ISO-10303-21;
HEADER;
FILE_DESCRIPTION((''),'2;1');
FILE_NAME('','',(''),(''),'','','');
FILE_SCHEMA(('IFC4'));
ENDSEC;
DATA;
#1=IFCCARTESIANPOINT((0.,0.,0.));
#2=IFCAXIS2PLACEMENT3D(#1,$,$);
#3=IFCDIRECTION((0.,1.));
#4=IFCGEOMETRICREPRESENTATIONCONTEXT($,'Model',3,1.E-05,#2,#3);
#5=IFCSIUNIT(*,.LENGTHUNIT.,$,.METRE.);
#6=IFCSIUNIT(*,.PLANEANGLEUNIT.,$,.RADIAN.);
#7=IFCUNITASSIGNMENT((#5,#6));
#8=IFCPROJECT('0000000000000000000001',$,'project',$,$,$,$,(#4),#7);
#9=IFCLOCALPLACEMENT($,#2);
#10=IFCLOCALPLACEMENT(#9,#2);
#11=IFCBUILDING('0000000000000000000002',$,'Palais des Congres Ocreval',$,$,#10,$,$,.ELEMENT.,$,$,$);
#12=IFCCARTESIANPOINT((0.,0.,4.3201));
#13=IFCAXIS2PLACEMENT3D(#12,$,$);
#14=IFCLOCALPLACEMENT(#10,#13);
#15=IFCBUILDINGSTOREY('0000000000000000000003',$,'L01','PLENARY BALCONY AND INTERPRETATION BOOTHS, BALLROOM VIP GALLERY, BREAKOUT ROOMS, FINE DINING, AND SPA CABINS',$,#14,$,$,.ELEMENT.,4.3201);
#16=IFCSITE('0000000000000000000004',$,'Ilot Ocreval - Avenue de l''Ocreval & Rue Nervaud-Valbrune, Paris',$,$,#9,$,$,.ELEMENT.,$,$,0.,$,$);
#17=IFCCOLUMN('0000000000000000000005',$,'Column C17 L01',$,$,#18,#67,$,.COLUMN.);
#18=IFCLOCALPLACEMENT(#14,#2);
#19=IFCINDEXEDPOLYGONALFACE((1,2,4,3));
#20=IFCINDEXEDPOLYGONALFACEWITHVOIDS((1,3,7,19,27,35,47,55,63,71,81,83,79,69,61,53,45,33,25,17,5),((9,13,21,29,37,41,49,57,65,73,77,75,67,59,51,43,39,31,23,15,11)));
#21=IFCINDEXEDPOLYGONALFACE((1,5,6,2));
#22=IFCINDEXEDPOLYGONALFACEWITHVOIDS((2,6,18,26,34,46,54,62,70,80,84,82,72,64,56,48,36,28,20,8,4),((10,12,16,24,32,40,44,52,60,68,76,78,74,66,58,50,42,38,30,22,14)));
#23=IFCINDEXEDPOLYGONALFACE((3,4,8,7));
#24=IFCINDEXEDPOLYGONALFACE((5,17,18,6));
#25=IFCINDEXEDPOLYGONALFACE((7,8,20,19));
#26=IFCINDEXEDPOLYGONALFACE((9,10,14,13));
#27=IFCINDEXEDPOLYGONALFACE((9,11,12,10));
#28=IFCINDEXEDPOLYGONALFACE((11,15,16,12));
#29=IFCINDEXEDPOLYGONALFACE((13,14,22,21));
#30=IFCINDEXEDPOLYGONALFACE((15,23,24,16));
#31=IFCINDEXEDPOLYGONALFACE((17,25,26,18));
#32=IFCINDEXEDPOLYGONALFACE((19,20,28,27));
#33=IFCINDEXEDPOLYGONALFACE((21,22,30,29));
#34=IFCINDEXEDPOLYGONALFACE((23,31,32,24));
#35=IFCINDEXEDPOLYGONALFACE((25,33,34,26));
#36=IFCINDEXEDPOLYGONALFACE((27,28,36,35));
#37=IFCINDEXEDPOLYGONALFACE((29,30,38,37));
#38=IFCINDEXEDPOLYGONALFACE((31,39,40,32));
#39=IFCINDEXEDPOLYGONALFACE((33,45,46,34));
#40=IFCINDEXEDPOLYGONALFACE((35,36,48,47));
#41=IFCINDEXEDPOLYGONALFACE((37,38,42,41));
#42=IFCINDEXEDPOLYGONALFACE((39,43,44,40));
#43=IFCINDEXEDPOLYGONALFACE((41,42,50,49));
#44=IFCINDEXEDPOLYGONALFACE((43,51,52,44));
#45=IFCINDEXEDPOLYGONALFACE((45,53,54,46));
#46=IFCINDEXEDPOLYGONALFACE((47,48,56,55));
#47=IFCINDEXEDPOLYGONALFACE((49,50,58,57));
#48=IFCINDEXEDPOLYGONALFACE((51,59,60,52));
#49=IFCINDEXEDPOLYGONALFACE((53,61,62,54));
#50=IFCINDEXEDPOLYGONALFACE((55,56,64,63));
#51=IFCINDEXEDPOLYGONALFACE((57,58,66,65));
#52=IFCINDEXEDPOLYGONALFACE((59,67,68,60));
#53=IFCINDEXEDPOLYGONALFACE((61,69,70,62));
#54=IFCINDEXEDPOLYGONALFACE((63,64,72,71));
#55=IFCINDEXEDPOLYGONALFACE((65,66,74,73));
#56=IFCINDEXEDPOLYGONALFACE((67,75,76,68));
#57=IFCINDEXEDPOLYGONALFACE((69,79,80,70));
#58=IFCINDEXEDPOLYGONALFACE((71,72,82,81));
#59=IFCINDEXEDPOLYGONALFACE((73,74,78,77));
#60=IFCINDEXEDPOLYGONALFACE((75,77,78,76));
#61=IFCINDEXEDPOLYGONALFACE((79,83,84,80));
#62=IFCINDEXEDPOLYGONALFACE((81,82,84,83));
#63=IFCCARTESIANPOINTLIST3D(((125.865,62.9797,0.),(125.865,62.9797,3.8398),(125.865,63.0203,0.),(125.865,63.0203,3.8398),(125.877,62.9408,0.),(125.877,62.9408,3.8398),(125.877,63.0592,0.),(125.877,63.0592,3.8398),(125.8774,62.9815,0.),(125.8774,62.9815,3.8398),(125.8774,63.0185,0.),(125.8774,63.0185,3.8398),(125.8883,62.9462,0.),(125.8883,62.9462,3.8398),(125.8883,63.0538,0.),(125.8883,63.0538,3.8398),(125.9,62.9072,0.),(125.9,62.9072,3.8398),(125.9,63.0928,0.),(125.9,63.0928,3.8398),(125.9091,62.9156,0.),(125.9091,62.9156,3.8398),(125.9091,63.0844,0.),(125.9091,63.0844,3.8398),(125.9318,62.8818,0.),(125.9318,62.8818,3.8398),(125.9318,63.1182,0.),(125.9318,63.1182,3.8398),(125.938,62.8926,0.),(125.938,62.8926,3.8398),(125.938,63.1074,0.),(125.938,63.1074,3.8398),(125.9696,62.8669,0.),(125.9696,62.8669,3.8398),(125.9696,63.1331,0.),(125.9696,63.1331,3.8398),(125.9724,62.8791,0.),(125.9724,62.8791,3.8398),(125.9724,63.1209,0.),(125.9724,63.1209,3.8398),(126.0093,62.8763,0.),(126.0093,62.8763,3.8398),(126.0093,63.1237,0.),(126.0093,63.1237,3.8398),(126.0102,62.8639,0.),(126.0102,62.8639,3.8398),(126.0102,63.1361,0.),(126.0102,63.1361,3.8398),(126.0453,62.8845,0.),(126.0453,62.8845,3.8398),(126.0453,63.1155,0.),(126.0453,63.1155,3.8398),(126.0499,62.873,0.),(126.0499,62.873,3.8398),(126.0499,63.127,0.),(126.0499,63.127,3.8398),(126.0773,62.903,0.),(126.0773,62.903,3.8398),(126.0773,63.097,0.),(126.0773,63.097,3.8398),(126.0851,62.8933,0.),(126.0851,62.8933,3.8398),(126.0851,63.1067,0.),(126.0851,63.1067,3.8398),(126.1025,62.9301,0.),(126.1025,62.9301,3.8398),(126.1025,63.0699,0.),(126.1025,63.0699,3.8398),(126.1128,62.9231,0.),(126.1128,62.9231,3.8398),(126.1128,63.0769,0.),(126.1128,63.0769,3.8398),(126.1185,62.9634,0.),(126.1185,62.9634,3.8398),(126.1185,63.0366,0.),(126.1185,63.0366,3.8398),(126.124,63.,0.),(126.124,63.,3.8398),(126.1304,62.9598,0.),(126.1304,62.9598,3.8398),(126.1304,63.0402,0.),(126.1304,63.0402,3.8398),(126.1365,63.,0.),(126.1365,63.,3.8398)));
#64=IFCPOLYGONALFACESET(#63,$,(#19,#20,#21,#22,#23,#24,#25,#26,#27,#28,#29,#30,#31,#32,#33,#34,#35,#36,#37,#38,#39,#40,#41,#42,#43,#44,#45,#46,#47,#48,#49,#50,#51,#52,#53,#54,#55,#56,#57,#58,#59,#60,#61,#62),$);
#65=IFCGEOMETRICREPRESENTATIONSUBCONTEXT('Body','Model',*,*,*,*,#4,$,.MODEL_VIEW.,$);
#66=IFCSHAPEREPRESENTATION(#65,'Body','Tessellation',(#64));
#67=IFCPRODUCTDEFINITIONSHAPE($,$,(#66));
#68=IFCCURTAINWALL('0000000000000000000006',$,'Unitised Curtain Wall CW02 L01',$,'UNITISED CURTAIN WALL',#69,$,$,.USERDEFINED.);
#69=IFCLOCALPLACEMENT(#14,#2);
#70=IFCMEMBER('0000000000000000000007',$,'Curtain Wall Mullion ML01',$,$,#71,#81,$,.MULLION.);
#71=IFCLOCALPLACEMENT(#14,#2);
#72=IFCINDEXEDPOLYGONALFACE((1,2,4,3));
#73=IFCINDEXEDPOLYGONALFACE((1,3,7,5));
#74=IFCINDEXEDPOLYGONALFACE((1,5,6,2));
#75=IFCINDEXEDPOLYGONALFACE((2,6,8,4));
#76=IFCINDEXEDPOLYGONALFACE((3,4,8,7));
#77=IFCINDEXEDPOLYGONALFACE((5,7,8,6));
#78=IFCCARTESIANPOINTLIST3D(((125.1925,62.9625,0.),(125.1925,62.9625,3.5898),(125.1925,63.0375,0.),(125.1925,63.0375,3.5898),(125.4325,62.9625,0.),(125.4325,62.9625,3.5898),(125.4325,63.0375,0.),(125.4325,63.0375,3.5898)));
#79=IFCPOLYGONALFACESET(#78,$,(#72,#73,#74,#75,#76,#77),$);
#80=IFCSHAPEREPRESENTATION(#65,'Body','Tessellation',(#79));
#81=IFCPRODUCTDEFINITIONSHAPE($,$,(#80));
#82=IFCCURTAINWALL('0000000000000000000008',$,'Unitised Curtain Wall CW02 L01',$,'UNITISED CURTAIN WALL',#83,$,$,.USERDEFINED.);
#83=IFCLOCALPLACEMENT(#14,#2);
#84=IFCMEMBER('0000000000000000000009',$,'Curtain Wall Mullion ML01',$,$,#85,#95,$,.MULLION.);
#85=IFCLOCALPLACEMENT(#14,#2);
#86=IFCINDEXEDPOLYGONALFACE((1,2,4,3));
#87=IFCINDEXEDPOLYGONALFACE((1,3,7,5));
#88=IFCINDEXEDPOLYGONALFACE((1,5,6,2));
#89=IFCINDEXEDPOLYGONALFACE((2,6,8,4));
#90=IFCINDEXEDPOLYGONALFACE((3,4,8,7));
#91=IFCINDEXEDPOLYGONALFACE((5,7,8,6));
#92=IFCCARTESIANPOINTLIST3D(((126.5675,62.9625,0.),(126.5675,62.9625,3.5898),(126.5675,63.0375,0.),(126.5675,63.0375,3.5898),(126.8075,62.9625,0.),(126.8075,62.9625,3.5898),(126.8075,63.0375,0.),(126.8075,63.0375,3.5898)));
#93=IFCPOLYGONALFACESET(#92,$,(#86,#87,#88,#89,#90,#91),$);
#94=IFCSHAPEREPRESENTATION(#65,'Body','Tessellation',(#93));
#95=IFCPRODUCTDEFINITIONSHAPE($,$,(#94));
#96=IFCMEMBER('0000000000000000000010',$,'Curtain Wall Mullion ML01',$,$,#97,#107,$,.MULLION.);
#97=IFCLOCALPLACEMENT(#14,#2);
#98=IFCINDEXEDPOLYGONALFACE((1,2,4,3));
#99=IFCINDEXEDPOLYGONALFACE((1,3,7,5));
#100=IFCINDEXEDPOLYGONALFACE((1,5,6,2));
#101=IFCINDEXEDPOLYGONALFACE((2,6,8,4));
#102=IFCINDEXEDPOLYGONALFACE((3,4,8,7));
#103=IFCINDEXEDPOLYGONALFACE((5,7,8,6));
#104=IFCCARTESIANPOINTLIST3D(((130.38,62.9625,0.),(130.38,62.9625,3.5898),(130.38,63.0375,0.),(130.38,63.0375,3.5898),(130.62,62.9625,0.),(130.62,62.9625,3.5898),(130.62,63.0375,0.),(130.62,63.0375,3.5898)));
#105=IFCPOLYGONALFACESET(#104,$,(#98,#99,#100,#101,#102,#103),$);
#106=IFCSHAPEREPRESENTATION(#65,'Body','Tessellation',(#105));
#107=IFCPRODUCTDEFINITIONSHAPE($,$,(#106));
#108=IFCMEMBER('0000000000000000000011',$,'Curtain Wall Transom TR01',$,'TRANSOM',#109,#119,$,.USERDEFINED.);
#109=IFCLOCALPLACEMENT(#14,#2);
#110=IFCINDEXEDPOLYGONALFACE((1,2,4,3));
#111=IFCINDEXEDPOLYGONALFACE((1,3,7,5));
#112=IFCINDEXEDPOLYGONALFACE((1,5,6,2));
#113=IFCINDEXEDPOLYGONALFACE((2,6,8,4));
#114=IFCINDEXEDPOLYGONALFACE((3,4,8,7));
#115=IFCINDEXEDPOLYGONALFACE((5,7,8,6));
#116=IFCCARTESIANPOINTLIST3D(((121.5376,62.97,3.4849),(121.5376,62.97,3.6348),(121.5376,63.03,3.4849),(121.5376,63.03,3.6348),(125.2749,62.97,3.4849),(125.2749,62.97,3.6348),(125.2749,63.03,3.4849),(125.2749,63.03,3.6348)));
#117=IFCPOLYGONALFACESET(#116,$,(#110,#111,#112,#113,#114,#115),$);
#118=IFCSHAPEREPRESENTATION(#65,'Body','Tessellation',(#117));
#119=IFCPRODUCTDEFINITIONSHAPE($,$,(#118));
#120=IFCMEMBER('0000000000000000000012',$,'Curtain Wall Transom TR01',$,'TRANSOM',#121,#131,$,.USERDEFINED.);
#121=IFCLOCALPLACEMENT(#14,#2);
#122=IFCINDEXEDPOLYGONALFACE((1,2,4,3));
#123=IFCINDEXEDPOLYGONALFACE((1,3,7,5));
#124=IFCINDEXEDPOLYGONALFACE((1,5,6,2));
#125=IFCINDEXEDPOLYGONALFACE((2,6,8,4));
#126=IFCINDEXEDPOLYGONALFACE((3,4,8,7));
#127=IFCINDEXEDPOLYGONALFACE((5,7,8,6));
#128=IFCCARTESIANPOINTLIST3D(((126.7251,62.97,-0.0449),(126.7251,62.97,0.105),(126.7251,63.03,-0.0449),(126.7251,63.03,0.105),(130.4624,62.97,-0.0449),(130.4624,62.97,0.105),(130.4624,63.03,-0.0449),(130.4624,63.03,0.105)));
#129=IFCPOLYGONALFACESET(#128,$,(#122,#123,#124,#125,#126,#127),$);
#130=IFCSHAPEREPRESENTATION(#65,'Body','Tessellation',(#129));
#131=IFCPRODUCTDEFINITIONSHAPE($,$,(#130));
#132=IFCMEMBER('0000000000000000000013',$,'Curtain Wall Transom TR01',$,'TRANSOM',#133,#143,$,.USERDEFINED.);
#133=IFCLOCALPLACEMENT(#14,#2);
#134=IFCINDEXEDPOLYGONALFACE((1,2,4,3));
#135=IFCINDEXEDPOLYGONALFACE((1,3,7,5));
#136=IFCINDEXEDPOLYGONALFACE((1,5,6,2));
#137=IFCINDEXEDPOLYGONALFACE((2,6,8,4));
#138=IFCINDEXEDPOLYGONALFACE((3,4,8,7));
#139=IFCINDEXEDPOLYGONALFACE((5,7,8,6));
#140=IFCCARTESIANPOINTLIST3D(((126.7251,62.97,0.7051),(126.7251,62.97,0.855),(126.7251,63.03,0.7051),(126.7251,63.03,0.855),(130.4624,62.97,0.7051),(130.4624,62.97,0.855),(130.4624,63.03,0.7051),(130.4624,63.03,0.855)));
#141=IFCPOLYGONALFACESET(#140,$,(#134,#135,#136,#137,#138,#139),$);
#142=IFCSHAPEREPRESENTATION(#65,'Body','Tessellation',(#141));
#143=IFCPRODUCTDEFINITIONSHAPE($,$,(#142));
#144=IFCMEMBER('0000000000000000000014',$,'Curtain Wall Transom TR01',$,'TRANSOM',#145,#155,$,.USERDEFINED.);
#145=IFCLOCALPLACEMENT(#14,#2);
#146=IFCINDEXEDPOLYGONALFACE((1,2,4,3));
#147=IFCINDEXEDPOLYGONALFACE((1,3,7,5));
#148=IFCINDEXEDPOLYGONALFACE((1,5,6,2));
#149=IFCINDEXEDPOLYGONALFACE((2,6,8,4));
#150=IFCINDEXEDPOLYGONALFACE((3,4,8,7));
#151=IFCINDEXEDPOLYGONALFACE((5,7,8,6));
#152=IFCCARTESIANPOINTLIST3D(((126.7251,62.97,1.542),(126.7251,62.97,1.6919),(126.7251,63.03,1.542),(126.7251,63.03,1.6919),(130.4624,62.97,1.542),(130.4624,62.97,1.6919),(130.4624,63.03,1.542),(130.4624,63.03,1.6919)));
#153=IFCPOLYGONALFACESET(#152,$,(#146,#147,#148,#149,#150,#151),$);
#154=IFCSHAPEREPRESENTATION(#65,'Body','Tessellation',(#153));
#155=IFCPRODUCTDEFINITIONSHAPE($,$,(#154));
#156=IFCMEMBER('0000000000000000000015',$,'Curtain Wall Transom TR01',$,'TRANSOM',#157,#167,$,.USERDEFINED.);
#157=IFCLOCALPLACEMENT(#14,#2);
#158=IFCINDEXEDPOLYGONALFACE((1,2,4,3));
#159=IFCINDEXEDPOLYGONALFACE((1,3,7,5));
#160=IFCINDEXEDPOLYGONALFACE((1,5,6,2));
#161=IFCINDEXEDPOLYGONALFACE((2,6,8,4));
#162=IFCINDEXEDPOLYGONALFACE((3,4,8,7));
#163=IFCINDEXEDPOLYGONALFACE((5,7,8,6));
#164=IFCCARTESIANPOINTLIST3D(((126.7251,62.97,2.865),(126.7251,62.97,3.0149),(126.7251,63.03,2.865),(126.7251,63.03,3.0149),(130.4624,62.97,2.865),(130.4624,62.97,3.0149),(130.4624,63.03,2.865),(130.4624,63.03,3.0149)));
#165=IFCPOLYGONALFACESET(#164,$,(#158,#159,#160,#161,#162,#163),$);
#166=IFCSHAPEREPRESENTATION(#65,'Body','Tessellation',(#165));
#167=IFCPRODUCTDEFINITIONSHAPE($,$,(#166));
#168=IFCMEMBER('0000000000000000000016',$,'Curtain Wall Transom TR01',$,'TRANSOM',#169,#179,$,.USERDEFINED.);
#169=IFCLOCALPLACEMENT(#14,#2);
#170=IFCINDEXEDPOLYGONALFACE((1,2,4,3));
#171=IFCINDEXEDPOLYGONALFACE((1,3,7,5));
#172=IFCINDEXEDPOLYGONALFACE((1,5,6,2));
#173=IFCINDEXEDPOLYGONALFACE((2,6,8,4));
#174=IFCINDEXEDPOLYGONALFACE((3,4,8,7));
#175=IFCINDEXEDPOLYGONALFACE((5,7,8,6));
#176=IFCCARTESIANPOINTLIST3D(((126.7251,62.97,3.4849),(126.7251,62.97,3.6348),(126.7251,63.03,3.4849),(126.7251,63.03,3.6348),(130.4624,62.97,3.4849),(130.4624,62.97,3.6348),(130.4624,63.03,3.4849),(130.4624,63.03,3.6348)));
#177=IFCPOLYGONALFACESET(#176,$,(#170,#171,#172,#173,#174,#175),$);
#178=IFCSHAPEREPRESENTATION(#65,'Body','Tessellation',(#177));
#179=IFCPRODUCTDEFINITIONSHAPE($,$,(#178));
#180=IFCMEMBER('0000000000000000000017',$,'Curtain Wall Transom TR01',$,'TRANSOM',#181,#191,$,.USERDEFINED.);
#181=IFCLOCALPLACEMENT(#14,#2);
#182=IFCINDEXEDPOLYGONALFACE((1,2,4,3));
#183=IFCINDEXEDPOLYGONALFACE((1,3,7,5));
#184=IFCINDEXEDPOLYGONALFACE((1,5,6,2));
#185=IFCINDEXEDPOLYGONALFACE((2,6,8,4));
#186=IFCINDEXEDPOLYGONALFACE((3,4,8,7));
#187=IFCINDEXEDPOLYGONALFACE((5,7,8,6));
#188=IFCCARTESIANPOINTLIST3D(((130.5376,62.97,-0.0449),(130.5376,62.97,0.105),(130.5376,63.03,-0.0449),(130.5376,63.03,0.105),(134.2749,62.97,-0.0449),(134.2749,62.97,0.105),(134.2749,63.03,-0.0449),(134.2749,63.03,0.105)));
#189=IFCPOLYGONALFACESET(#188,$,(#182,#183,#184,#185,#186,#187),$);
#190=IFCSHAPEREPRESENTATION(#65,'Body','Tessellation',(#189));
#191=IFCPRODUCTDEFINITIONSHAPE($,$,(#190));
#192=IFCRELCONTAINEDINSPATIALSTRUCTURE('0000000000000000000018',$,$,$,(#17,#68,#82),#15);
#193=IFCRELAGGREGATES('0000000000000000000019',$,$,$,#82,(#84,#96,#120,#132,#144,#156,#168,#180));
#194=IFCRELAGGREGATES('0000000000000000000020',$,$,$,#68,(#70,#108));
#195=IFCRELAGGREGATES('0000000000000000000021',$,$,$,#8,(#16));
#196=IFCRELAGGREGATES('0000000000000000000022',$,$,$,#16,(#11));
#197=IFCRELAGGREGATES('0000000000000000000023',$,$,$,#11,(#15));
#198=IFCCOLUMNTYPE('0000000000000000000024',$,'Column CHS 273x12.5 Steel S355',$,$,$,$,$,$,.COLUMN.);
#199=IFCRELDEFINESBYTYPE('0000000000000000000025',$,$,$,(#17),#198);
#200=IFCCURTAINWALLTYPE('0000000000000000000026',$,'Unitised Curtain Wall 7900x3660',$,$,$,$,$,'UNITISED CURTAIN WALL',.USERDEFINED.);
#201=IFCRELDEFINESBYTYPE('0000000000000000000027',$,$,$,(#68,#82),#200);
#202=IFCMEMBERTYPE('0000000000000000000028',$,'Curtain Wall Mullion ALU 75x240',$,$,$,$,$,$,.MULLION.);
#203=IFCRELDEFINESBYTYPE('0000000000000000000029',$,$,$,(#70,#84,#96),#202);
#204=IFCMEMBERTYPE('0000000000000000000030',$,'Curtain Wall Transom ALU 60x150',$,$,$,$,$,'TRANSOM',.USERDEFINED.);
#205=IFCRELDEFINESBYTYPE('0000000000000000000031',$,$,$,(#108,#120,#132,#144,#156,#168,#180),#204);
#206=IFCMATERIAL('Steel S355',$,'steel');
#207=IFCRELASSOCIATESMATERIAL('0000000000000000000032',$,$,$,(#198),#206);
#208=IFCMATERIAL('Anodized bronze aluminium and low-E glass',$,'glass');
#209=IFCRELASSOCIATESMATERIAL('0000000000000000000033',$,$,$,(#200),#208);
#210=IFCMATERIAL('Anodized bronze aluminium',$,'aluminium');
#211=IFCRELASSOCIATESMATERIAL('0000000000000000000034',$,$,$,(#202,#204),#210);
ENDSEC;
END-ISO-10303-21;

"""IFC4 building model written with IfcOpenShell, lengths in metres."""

from ifc_helpers import new_model, si_unit, direction, frame, origin, origin_2d, place, context, subcontext, project, spatial, rectangle, hollow_circle, extrude, material, material_profile, profile_set, type_object, element, aggregate, save


model = new_model("IFC4")

# Units and contexts
model_context = context("Model", 3, precision=1e-05, world=origin(), true_north=direction((0.0, 1.0)))
body_context = subcontext(model_context, "Body", "Model", "MODEL_VIEW")
ifc_project = project(units=[si_unit("LENGTHUNIT", "METRE"), si_unit("PLANEANGLEUNIT", "RADIAN")], contexts=[model_context])

# Site, building, storey
site_placement = place(None, origin())
site = spatial("IfcSite", under=ifc_project, at=site_placement, Name="Ilot Ocreval - Avenue de l'Ocreval & Rue Nervaud-Valbrune, Paris", CompositionType="ELEMENT", RefElevation=0.0)
building_placement = place(site_placement, origin())
building = spatial("IfcBuilding", under=site, at=building_placement, Name="Palais des Congres Ocreval", CompositionType="ELEMENT")
storey_placement = place(building_placement, frame((0.0, 0.0, 4.3201)))
storey = spatial("IfcBuildingStorey", under=building, at=storey_placement, Name="L01", Description="PLENARY BALCONY AND INTERPRETATION BOOTHS, BALLROOM VIP GALLERY, BREAKOUT ROOMS, FINE DINING, AND SPA CABINS", CompositionType="ELEMENT", Elevation=4.3201)

# Column
ifc_material_1 = material(Name="Steel S355", Category="steel")
ifc_material_profile_1 = material_profile(ifc_material_1, hollow_circle(Radius=0.1365, WallThickness=0.0125, at=origin_2d()), Name="CHS 273x12.5")
ifc_profile_set_1 = profile_set([ifc_material_profile_1], Name="Steel S355")
column_type = type_object("IfcColumnType", Name="Column CHS 273x12.5 Steel S355", PredefinedType="COLUMN", material=ifc_profile_set_1)
column_placement = place(storey_placement, frame((126.0, 63.0, 0.0), z_axis=(0.0, 0.0, 1.0), x_axis=(1.0, 0.0, 0.0)))
element("IfcColumn", 1, at=column_placement, inside=storey, type_object=column_type, Name="Column C17 L01", PredefinedType="COLUMN", context=body_context, shape_type="SweptSolid", body=[
    extrude(hollow_circle(Radius=0.1365, WallThickness=0.0125, at=origin_2d()), origin(), (0.0, 0.0, 1.0), 3.8398),
])

# Curtain wall, member
ifc_material_2 = material(Name="Anodized bronze aluminium and low-E glass", Category="glass")
curtain_wall_type = type_object("IfcCurtainWallType", Name="Unitised Curtain Wall 7900x3660", ElementType="UNITISED CURTAIN WALL", PredefinedType="USERDEFINED", material=ifc_material_2)
curtain_wall_1_placement = place(storey_placement, origin())
curtain_wall_1 = element("IfcCurtainWall", 2, at=curtain_wall_1_placement, inside=storey, type_object=curtain_wall_type, Name="Unitised Curtain Wall CW02 L01", ObjectType="UNITISED CURTAIN WALL", PredefinedType="USERDEFINED")
ifc_material_3 = material(Name="Anodized bronze aluminium", Category="aluminium")
ifc_material_profile_2 = material_profile(ifc_material_3, rectangle(XDim=0.075, YDim=0.24, at=origin_2d()), Name="ALU 75x240")
ifc_profile_set_2 = profile_set([ifc_material_profile_2], Name="Anodized bronze aluminium")
member_type_1 = type_object("IfcMemberType", Name="Curtain Wall Mullion ALU 75x240", PredefinedType="MULLION", material=ifc_profile_set_2)
member_1_placement = place(storey_placement, frame((125.3125, 63.0, 0.0), z_axis=(0.0, 0.0, 1.0), x_axis=(0.0, 1.0, 0.0)))
member_1 = element("IfcMember", 3, at=member_1_placement, type_object=member_type_1, Name="Curtain Wall Mullion ML01", PredefinedType="MULLION", context=body_context, shape_type="SweptSolid", body=[
    extrude(rectangle(XDim=0.075, YDim=0.24, at=origin_2d()), origin(), (0.0, 0.0, 1.0), 3.5898),
])

# Curtain wall, members
curtain_wall_2_placement = place(storey_placement, origin())
curtain_wall_2 = element("IfcCurtainWall", 4, at=curtain_wall_2_placement, inside=storey, type_object=curtain_wall_type, Name="Unitised Curtain Wall CW02 L01", ObjectType="UNITISED CURTAIN WALL", PredefinedType="USERDEFINED")
member_2_placement = place(storey_placement, frame((126.6875, 63.0, 0.0), z_axis=(0.0, 0.0, 1.0), x_axis=(0.0, 1.0, 0.0)))
member_2 = element("IfcMember", 5, at=member_2_placement, type_object=member_type_1, Name="Curtain Wall Mullion ML01", PredefinedType="MULLION", context=body_context, shape_type="SweptSolid", body=[
    extrude(rectangle(XDim=0.075, YDim=0.24, at=origin_2d()), origin(), (0.0, 0.0, 1.0), 3.5898),
])
member_3_placement = place(storey_placement, frame((130.5, 63.0, 0.0), z_axis=(0.0, 0.0, 1.0), x_axis=(0.0, 1.0, 0.0)))
member_3 = element("IfcMember", 6, at=member_3_placement, type_object=member_type_1, Name="Curtain Wall Mullion ML01", PredefinedType="MULLION", context=body_context, shape_type="SweptSolid", body=[
    extrude(rectangle(XDim=0.075, YDim=0.24, at=origin_2d()), origin(), (0.0, 0.0, 1.0), 3.5898),
])

# Members
ifc_material_profile_3 = material_profile(ifc_material_3, rectangle(XDim=0.0601, YDim=0.1499, at=origin_2d()), Name="ALU 60x150")
ifc_profile_set_3 = profile_set([ifc_material_profile_3], Name="Anodized bronze aluminium")
member_type_2 = type_object("IfcMemberType", Name="Curtain Wall Transom ALU 60x150", ElementType="TRANSOM", PredefinedType="USERDEFINED", material=ifc_profile_set_3)
member_4_placement = place(storey_placement, frame((121.5376, 63.0, 3.5598), z_axis=(1.0, 0.0, 0.0), x_axis=(0.0, 1.0, 0.0)))
member_4 = element("IfcMember", 7, at=member_4_placement, type_object=member_type_2, Name="Curtain Wall Transom TR01", ObjectType="TRANSOM", PredefinedType="USERDEFINED", context=body_context, shape_type="SweptSolid", body=[
    extrude(rectangle(XDim=0.0601, YDim=0.1499, at=origin_2d()), origin(), (0.0, 0.0, 1.0), 3.7373),
])
member_5_placement = place(storey_placement, frame((126.7251, 63.0, 0.03), z_axis=(1.0, 0.0, 0.0), x_axis=(0.0, 1.0, 0.0)))
member_5 = element("IfcMember", 8, at=member_5_placement, type_object=member_type_2, Name="Curtain Wall Transom TR01", ObjectType="TRANSOM", PredefinedType="USERDEFINED", context=body_context, shape_type="SweptSolid", body=[
    extrude(rectangle(XDim=0.0601, YDim=0.1499, at=origin_2d()), origin(), (0.0, 0.0, 1.0), 3.7373),
])
member_6_placement = place(storey_placement, frame((126.7251, 63.0, 0.78), z_axis=(1.0, 0.0, 0.0), x_axis=(0.0, 1.0, 0.0)))
member_6 = element("IfcMember", 9, at=member_6_placement, type_object=member_type_2, Name="Curtain Wall Transom TR01", ObjectType="TRANSOM", PredefinedType="USERDEFINED", context=body_context, shape_type="SweptSolid", body=[
    extrude(rectangle(XDim=0.0601, YDim=0.1499, at=origin_2d()), origin(), (0.0, 0.0, 1.0), 3.7373),
])
member_7_placement = place(storey_placement, frame((126.7251, 63.0, 1.6169), z_axis=(1.0, 0.0, 0.0), x_axis=(0.0, 1.0, 0.0)))
member_7 = element("IfcMember", 10, at=member_7_placement, type_object=member_type_2, Name="Curtain Wall Transom TR01", ObjectType="TRANSOM", PredefinedType="USERDEFINED", context=body_context, shape_type="SweptSolid", body=[
    extrude(rectangle(XDim=0.0601, YDim=0.1499, at=origin_2d()), origin(), (0.0, 0.0, 1.0), 3.7373),
])
member_8_placement = place(storey_placement, frame((126.7251, 63.0, 2.9399), z_axis=(1.0, 0.0, 0.0), x_axis=(0.0, 1.0, 0.0)))
member_8 = element("IfcMember", 11, at=member_8_placement, type_object=member_type_2, Name="Curtain Wall Transom TR01", ObjectType="TRANSOM", PredefinedType="USERDEFINED", context=body_context, shape_type="SweptSolid", body=[
    extrude(rectangle(XDim=0.0601, YDim=0.1499, at=origin_2d()), origin(), (0.0, 0.0, 1.0), 3.7373),
])
member_9_placement = place(storey_placement, frame((126.7251, 63.0, 3.5598), z_axis=(1.0, 0.0, 0.0), x_axis=(0.0, 1.0, 0.0)))
member_9 = element("IfcMember", 12, at=member_9_placement, type_object=member_type_2, Name="Curtain Wall Transom TR01", ObjectType="TRANSOM", PredefinedType="USERDEFINED", context=body_context, shape_type="SweptSolid", body=[
    extrude(rectangle(XDim=0.0601, YDim=0.1499, at=origin_2d()), origin(), (0.0, 0.0, 1.0), 3.7373),
])
member_10_placement = place(storey_placement, frame((130.5376, 63.0, 0.03), z_axis=(1.0, 0.0, 0.0), x_axis=(0.0, 1.0, 0.0)))
member_10 = element("IfcMember", 13, at=member_10_placement, type_object=member_type_2, Name="Curtain Wall Transom TR01", ObjectType="TRANSOM", PredefinedType="USERDEFINED", context=body_context, shape_type="SweptSolid", body=[
    extrude(rectangle(XDim=0.0601, YDim=0.1499, at=origin_2d()), origin(), (0.0, 0.0, 1.0), 3.7373),
])

aggregate(curtain_wall_2, [member_2, member_3, member_5, member_6, member_7, member_8, member_9, member_10])
aggregate(curtain_wall_1, [member_1, member_4])

save(model, "model.ifc")
